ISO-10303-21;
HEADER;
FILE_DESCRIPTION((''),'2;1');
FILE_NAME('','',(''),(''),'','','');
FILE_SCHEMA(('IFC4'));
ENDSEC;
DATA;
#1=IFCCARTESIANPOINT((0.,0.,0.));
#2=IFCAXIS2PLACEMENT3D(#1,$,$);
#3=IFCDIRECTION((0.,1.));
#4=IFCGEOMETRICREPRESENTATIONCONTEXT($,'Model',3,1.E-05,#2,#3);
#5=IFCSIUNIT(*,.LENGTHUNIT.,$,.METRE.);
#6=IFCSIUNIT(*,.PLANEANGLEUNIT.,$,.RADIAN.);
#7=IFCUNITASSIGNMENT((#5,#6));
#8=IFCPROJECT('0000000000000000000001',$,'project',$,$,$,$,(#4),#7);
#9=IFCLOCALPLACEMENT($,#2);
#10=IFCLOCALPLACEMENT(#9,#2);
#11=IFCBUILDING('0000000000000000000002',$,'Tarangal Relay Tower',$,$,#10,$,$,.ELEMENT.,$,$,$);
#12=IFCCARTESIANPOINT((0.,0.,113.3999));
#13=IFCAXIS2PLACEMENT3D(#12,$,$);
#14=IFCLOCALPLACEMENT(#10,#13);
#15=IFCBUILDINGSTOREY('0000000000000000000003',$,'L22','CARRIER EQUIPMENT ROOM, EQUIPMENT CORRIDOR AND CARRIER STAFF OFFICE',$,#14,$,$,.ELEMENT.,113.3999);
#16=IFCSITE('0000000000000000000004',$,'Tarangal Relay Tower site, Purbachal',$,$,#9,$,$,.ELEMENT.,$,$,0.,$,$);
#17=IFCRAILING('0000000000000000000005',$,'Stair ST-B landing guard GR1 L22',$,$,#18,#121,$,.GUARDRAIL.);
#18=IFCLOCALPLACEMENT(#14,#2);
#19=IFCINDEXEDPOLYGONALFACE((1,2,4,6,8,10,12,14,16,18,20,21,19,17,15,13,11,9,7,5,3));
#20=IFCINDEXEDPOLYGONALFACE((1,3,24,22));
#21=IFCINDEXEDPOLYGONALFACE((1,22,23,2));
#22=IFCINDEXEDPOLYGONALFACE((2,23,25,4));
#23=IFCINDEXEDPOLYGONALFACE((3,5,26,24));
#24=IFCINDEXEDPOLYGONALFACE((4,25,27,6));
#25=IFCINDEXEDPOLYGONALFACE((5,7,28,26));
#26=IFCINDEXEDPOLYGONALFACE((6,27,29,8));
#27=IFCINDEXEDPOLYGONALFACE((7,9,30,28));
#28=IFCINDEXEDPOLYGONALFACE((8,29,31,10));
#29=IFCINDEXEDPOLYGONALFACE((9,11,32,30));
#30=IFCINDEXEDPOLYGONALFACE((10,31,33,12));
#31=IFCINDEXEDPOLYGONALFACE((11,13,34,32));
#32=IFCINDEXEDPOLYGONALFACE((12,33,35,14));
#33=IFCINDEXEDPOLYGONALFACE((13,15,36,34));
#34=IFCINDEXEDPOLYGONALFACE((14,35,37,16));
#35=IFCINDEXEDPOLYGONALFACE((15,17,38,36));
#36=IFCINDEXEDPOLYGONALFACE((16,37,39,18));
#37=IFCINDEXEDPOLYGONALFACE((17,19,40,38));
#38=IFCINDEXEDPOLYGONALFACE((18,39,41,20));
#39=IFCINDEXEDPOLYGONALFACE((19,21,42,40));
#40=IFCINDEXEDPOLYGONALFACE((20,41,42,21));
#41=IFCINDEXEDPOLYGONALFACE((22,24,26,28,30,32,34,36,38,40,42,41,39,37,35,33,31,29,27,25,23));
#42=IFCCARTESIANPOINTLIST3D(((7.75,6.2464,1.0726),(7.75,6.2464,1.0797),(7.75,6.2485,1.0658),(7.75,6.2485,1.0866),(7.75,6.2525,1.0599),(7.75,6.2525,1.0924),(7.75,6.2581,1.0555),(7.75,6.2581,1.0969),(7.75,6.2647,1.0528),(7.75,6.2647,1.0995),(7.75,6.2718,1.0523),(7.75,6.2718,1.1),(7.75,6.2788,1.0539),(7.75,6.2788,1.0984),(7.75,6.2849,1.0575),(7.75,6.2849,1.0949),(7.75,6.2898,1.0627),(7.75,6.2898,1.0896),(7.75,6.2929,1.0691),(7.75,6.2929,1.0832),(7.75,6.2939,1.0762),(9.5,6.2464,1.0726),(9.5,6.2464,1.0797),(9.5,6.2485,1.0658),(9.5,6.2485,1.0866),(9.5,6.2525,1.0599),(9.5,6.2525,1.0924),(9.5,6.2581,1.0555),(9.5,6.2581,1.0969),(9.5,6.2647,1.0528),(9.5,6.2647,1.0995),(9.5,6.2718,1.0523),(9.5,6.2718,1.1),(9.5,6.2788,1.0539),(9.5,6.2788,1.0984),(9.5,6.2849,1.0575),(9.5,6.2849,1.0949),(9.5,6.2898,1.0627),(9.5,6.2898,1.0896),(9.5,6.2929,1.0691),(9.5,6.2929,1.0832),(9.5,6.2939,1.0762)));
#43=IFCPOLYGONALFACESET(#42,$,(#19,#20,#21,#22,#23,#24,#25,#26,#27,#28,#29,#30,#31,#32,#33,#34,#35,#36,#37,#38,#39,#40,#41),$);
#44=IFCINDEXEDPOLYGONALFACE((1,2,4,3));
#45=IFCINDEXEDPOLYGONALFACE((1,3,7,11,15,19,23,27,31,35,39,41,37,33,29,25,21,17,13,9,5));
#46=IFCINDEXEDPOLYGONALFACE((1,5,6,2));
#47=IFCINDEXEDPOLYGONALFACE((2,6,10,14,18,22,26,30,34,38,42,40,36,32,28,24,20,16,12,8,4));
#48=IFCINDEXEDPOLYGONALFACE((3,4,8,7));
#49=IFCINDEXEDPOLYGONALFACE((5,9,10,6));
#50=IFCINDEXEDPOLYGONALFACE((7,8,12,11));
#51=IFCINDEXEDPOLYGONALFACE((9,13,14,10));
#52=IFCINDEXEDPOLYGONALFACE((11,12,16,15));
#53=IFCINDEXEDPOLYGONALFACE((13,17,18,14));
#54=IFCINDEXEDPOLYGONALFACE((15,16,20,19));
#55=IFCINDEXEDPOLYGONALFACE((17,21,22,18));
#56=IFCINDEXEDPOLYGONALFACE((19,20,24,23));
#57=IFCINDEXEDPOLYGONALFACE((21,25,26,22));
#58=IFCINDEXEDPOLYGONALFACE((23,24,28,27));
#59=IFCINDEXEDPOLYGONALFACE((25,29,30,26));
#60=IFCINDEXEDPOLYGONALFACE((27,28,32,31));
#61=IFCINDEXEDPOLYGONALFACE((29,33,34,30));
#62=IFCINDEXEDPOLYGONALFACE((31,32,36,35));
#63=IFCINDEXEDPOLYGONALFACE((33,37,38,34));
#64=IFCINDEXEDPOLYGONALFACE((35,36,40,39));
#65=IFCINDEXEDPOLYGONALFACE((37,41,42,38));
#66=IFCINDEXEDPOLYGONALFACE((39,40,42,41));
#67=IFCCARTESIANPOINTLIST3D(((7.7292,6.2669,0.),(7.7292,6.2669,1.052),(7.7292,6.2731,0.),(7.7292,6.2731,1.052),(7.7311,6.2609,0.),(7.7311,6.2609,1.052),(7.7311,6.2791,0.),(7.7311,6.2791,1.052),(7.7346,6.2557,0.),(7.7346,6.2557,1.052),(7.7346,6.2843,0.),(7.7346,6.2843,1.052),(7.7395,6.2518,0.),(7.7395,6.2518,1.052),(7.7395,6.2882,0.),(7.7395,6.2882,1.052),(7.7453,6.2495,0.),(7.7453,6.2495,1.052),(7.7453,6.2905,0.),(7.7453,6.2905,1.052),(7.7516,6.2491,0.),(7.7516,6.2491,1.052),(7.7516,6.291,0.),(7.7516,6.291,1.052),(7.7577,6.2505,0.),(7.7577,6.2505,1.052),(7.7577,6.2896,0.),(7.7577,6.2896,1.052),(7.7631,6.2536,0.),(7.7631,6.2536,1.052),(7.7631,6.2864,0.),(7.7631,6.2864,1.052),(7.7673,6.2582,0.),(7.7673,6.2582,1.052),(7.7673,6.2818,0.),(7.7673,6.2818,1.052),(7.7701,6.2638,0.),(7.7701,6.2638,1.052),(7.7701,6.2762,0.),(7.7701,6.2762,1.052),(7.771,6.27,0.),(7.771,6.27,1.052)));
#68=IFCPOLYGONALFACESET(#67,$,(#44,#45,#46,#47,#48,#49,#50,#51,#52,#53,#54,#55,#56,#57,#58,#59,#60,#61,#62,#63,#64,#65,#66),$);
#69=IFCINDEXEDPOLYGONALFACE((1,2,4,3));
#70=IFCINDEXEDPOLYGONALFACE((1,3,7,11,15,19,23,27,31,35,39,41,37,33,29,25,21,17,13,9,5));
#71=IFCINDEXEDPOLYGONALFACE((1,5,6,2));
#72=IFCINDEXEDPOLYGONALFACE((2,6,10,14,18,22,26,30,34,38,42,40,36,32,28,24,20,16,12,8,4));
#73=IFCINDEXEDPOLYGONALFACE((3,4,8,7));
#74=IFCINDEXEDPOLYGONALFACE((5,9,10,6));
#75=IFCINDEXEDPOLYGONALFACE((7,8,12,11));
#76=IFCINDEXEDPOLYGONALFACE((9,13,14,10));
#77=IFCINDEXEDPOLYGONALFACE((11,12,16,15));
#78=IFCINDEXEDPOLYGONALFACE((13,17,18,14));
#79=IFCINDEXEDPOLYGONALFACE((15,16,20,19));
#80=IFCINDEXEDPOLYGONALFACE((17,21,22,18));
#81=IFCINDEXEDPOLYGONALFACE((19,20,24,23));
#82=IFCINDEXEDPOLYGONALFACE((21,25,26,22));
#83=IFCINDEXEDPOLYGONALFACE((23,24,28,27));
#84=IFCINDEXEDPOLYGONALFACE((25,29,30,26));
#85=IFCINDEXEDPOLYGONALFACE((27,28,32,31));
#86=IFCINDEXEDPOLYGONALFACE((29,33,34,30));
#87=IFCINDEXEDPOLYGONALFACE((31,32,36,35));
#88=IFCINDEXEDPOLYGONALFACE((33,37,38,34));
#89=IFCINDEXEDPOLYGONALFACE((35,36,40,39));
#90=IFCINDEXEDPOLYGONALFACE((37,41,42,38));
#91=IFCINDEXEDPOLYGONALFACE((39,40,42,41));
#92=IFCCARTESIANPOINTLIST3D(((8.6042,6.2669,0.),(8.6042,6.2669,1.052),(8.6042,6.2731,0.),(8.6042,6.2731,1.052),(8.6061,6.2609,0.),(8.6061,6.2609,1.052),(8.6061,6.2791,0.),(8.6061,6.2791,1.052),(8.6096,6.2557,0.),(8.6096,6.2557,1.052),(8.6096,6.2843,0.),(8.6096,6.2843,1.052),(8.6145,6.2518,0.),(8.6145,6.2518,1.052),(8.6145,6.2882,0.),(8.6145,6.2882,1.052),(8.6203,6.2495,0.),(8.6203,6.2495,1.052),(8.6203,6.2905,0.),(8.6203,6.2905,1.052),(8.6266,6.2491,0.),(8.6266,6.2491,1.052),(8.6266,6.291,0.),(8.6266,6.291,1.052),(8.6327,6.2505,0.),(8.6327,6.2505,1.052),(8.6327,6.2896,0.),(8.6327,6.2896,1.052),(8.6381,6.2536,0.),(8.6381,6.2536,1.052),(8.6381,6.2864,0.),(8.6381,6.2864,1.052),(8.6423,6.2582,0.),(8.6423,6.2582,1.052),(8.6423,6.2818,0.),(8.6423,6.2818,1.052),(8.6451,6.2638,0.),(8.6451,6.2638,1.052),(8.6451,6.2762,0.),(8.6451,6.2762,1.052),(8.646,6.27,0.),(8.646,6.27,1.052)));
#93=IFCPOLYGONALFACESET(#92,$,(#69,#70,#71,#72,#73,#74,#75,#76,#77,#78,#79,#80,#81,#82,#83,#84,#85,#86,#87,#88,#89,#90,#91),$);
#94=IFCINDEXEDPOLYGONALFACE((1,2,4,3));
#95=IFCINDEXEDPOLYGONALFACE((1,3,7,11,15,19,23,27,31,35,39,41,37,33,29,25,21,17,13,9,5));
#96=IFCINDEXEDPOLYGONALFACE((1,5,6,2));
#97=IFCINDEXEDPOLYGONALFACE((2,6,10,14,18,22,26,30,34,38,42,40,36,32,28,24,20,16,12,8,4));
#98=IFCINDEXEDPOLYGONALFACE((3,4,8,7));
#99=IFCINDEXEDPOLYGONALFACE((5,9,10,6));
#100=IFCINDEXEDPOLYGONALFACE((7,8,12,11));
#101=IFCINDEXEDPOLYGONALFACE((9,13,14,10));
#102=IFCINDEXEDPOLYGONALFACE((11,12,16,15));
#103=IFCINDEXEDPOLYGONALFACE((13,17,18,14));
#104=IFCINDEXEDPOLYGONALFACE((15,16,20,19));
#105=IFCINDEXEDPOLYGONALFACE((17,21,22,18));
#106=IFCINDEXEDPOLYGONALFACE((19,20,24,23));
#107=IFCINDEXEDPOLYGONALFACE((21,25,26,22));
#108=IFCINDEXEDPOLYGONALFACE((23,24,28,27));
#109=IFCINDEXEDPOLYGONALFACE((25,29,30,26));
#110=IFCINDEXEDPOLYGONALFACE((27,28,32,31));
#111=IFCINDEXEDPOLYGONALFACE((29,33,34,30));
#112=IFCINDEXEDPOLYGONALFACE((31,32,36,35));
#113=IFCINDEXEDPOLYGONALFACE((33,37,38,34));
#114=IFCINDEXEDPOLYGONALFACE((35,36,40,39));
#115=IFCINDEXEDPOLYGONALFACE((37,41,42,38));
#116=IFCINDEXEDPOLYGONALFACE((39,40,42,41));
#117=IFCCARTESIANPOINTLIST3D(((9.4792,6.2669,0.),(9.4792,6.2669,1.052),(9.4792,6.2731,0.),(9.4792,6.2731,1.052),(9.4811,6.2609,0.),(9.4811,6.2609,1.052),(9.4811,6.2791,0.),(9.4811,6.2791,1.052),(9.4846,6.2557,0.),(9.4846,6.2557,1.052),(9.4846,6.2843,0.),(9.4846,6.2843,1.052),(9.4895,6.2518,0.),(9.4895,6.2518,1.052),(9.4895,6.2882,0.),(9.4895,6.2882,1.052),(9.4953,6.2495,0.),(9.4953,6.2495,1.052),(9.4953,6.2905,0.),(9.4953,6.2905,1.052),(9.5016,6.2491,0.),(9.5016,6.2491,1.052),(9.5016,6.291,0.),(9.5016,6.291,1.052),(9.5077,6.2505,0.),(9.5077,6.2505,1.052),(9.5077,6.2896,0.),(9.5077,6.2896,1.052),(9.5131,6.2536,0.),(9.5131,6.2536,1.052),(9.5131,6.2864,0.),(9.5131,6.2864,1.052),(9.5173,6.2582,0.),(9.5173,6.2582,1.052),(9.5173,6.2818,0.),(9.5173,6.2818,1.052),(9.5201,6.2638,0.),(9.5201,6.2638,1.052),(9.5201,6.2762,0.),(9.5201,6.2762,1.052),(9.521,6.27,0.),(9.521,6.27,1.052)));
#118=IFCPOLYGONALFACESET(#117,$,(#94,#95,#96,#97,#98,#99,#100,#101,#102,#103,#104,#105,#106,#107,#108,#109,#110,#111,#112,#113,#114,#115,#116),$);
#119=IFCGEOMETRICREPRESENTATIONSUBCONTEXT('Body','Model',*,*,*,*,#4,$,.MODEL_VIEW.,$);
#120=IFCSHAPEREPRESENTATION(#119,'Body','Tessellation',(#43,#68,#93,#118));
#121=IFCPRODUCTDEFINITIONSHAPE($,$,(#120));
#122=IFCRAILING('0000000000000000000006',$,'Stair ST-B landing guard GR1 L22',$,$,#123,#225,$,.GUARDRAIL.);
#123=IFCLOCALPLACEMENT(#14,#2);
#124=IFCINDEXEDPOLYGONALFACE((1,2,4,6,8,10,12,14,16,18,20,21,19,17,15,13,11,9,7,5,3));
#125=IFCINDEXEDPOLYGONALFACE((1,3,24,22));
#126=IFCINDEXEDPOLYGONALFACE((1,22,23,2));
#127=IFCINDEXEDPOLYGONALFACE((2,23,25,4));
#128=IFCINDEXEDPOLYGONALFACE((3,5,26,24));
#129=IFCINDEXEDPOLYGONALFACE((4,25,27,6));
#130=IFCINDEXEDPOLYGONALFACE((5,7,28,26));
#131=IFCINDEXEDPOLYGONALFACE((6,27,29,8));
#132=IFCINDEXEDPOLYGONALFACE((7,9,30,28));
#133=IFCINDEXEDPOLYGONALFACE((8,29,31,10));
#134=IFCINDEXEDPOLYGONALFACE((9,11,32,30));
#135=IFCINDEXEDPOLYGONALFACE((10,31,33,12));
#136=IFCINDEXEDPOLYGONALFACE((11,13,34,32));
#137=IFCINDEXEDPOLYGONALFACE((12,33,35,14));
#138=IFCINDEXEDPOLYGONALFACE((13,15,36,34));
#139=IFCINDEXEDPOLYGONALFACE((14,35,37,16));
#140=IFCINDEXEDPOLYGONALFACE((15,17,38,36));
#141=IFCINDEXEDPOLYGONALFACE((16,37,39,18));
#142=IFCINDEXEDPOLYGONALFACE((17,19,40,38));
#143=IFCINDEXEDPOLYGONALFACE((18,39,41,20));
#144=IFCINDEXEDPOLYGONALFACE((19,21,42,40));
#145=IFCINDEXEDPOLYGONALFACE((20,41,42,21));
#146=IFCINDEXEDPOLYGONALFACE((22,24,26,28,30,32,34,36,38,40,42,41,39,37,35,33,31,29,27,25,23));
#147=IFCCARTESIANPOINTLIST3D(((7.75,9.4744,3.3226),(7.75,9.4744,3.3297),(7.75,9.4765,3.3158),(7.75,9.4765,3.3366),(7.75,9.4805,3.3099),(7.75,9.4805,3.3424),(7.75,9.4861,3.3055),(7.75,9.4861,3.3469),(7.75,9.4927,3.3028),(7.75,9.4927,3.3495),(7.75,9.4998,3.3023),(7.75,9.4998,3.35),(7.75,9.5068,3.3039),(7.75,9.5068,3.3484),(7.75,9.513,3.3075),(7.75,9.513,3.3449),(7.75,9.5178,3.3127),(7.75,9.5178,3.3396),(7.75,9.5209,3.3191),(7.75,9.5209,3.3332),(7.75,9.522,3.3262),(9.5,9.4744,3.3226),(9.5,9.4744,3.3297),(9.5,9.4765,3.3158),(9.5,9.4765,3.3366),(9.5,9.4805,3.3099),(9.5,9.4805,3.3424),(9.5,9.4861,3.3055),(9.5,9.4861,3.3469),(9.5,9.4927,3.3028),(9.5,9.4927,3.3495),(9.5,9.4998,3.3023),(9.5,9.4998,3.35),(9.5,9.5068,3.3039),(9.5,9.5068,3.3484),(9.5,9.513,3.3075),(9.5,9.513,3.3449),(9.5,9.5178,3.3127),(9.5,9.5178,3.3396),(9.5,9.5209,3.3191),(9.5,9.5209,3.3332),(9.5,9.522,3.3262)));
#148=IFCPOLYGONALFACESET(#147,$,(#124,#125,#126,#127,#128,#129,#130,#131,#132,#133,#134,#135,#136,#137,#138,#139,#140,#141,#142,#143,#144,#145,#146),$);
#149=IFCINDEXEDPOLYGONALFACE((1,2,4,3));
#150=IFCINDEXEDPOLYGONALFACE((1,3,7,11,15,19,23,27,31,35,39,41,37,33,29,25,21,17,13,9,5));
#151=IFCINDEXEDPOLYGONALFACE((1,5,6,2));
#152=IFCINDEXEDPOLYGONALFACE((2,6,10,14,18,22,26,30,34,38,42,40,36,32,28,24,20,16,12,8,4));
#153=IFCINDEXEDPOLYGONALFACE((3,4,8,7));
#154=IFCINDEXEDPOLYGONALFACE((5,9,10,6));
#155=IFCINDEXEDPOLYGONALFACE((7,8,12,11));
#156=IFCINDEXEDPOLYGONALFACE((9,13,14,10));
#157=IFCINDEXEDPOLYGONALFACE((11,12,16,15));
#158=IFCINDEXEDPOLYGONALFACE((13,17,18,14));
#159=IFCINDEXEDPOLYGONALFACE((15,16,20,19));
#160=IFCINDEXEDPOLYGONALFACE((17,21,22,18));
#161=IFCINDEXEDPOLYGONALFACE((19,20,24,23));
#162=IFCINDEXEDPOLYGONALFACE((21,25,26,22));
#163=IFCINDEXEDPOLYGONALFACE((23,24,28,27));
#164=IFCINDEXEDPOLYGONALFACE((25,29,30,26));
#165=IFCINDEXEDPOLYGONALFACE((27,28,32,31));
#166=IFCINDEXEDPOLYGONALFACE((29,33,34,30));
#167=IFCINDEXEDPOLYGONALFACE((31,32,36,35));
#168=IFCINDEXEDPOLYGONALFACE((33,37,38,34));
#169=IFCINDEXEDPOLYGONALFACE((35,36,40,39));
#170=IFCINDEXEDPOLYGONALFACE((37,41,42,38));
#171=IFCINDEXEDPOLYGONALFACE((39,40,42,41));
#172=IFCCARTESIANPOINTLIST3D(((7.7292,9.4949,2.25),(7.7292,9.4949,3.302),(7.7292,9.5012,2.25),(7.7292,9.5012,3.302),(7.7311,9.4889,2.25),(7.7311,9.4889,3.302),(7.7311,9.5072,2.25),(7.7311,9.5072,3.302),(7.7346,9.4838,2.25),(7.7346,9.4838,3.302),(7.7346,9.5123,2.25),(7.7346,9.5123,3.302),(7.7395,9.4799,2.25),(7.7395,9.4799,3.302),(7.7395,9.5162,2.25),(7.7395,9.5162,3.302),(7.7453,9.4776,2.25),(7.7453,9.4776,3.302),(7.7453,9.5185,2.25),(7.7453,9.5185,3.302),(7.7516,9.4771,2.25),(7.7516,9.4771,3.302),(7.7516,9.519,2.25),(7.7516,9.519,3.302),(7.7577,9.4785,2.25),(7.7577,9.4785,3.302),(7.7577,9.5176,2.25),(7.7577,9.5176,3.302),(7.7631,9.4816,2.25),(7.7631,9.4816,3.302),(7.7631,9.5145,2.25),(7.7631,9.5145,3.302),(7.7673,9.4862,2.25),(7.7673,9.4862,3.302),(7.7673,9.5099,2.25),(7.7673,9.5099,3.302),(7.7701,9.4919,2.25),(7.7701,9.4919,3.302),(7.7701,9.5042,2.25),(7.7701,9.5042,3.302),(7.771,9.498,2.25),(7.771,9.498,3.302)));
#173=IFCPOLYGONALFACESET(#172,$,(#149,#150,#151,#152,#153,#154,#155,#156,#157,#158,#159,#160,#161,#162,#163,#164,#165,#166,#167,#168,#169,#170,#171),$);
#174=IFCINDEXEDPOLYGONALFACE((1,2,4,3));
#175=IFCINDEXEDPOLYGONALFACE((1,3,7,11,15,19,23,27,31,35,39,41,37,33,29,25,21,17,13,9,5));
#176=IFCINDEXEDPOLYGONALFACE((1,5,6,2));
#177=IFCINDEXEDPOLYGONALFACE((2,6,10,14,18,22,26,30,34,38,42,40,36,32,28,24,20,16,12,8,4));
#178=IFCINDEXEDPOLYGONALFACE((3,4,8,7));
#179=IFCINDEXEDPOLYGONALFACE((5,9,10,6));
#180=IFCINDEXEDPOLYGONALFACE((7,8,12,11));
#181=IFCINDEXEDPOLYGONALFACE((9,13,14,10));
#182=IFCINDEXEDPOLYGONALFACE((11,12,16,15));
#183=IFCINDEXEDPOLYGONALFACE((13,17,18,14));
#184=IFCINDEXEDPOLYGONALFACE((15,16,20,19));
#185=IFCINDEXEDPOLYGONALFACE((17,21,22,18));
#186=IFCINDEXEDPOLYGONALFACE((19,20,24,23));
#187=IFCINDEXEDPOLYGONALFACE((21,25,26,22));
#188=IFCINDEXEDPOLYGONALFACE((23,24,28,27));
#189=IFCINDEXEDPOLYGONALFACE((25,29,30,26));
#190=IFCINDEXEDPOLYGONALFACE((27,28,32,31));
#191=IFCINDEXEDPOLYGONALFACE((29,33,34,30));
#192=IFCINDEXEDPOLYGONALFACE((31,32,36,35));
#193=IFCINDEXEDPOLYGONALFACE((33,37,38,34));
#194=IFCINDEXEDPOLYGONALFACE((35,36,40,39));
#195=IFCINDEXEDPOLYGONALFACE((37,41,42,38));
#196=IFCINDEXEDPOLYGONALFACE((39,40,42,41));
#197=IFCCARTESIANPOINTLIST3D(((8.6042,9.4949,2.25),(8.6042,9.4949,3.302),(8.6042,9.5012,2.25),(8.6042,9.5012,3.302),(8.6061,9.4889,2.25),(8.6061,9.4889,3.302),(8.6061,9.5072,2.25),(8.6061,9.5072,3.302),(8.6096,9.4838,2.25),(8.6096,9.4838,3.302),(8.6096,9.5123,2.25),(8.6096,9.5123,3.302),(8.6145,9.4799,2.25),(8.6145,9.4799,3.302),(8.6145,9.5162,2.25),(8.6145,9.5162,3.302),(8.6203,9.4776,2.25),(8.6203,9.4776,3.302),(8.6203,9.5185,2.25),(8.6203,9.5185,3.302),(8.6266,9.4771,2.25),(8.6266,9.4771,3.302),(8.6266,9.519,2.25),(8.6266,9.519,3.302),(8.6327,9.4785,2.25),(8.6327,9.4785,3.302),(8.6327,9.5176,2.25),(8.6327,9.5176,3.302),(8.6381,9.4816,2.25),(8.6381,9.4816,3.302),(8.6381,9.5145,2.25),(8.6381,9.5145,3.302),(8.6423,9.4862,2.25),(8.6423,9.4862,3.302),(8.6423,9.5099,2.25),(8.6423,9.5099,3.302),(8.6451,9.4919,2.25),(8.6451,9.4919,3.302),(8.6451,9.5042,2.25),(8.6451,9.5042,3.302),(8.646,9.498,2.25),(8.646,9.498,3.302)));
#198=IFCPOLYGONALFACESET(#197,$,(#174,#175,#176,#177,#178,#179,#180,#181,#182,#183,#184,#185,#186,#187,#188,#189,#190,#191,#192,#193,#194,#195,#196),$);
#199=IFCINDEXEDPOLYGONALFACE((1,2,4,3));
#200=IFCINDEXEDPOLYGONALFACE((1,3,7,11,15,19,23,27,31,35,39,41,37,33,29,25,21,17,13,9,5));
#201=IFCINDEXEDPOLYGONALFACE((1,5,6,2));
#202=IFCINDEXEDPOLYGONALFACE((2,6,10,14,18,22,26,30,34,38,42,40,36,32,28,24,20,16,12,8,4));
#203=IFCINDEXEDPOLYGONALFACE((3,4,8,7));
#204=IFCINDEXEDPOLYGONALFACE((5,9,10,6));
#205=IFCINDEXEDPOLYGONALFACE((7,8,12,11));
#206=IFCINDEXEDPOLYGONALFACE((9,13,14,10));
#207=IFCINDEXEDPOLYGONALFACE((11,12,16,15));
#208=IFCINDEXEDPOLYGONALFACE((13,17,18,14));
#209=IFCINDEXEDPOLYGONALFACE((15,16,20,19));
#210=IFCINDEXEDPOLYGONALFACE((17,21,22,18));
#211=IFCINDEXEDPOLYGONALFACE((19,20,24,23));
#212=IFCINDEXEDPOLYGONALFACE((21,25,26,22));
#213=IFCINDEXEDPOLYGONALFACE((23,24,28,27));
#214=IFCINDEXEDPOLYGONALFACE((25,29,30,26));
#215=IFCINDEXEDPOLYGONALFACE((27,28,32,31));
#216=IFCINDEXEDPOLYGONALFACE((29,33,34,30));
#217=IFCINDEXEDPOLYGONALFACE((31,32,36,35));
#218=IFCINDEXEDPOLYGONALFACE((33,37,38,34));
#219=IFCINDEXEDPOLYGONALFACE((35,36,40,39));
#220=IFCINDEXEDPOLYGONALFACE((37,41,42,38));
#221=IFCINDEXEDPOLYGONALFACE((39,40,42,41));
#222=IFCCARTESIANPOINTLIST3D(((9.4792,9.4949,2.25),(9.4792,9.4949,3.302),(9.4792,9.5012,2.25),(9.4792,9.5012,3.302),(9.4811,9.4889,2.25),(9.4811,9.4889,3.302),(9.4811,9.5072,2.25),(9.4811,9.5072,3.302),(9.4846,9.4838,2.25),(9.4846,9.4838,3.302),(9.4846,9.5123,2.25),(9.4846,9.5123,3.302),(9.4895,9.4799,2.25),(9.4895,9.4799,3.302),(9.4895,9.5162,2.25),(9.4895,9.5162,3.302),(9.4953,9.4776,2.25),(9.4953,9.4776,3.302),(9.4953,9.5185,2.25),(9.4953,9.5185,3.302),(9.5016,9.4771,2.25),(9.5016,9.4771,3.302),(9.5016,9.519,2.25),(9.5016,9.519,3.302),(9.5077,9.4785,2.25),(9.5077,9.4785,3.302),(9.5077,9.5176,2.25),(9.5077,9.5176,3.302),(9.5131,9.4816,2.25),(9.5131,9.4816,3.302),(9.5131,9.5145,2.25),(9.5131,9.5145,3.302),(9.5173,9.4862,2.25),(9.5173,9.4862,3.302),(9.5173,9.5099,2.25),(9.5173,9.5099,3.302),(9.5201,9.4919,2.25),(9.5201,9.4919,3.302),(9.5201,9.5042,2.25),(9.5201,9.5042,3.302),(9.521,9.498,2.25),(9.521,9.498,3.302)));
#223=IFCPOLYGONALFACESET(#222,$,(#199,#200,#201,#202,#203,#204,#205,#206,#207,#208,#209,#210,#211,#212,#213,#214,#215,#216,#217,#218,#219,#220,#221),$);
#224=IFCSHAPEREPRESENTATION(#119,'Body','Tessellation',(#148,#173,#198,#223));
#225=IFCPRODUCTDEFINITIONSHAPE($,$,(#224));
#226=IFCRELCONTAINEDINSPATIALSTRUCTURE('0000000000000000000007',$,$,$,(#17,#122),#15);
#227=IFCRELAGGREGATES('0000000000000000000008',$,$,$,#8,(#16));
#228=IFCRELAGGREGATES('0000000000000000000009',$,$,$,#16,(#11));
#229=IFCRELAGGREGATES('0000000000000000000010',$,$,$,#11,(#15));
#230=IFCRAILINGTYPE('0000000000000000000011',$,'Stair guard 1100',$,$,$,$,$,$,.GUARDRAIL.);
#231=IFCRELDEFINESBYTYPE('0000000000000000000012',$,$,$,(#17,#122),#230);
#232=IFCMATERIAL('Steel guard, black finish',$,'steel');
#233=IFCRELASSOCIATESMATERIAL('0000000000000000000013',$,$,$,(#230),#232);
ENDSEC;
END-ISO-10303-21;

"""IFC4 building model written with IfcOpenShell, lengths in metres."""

from ifc_helpers import new_model, si_unit, direction, frame, origin, origin_2d, place, context, subcontext, project, spatial, circle, extrude, material, type_object, element, save


model = new_model("IFC4")

# Units and contexts
model_context = context("Model", 3, precision=1e-05, world=origin(), true_north=direction((0.0, 1.0)))
body_context = subcontext(model_context, "Body", "Model", "MODEL_VIEW")
ifc_project = project(units=[si_unit("LENGTHUNIT", "METRE"), si_unit("PLANEANGLEUNIT", "RADIAN")], contexts=[model_context])

# Site, building, storey
site_placement = place(None, origin())
site = spatial("IfcSite", under=ifc_project, at=site_placement, Name="Tarangal Relay Tower site, Purbachal", CompositionType="ELEMENT", RefElevation=0.0)
building_placement = place(site_placement, origin())
building = spatial("IfcBuilding", under=site, at=building_placement, Name="Tarangal Relay Tower", CompositionType="ELEMENT")
storey_placement = place(building_placement, frame((0.0, 0.0, 113.3999)))
storey = spatial("IfcBuildingStorey", under=building, at=storey_placement, Name="L22", Description="CARRIER EQUIPMENT ROOM, EQUIPMENT CORRIDOR AND CARRIER STAFF OFFICE", CompositionType="ELEMENT", Elevation=113.3999)

# Railings
ifc_material_1 = material(Name="Steel guard, black finish", Category="steel")
railing_type_1 = type_object("IfcRailingType", Name="Stair guard 1100", PredefinedType="GUARDRAIL", material=ifc_material_1)
for number, where, name in (
    (1, (7.75, 6.27, 0.0), "Stair ST-B landing guard GR1 L22"),
    (2, (7.75, 9.498, 2.25), "Stair ST-B landing guard GR1 L22"),
):
    element("IfcRailing", number, at=place(storey_placement, frame(where)), inside=storey, type_object=railing_type_1, Name=name, PredefinedType="GUARDRAIL", context=body_context, shape_type="SweptSolid", body=[
        extrude(circle(Radius=0.0239, at=origin_2d()), frame((0.0, 0.0, 1.0762), z_axis=(1.0, 0.0, 0.0), x_axis=(0.0, 1.0, 0.0)), (0.0, 0.0, 1.0), 1.75),
        extrude(circle(Radius=0.021, at=origin_2d()), origin(), (0.0, 0.0, 1.0), 1.052),
        extrude(circle(Radius=0.021, at=origin_2d()), frame((0.875, 0.0, 0.0)), (0.0, 0.0, 1.0), 1.052),
        extrude(circle(Radius=0.021, at=origin_2d()), frame((1.75, 0.0, 0.0)), (0.0, 0.0, 1.0), 1.052),
    ])

save(model, "model.ifc")
